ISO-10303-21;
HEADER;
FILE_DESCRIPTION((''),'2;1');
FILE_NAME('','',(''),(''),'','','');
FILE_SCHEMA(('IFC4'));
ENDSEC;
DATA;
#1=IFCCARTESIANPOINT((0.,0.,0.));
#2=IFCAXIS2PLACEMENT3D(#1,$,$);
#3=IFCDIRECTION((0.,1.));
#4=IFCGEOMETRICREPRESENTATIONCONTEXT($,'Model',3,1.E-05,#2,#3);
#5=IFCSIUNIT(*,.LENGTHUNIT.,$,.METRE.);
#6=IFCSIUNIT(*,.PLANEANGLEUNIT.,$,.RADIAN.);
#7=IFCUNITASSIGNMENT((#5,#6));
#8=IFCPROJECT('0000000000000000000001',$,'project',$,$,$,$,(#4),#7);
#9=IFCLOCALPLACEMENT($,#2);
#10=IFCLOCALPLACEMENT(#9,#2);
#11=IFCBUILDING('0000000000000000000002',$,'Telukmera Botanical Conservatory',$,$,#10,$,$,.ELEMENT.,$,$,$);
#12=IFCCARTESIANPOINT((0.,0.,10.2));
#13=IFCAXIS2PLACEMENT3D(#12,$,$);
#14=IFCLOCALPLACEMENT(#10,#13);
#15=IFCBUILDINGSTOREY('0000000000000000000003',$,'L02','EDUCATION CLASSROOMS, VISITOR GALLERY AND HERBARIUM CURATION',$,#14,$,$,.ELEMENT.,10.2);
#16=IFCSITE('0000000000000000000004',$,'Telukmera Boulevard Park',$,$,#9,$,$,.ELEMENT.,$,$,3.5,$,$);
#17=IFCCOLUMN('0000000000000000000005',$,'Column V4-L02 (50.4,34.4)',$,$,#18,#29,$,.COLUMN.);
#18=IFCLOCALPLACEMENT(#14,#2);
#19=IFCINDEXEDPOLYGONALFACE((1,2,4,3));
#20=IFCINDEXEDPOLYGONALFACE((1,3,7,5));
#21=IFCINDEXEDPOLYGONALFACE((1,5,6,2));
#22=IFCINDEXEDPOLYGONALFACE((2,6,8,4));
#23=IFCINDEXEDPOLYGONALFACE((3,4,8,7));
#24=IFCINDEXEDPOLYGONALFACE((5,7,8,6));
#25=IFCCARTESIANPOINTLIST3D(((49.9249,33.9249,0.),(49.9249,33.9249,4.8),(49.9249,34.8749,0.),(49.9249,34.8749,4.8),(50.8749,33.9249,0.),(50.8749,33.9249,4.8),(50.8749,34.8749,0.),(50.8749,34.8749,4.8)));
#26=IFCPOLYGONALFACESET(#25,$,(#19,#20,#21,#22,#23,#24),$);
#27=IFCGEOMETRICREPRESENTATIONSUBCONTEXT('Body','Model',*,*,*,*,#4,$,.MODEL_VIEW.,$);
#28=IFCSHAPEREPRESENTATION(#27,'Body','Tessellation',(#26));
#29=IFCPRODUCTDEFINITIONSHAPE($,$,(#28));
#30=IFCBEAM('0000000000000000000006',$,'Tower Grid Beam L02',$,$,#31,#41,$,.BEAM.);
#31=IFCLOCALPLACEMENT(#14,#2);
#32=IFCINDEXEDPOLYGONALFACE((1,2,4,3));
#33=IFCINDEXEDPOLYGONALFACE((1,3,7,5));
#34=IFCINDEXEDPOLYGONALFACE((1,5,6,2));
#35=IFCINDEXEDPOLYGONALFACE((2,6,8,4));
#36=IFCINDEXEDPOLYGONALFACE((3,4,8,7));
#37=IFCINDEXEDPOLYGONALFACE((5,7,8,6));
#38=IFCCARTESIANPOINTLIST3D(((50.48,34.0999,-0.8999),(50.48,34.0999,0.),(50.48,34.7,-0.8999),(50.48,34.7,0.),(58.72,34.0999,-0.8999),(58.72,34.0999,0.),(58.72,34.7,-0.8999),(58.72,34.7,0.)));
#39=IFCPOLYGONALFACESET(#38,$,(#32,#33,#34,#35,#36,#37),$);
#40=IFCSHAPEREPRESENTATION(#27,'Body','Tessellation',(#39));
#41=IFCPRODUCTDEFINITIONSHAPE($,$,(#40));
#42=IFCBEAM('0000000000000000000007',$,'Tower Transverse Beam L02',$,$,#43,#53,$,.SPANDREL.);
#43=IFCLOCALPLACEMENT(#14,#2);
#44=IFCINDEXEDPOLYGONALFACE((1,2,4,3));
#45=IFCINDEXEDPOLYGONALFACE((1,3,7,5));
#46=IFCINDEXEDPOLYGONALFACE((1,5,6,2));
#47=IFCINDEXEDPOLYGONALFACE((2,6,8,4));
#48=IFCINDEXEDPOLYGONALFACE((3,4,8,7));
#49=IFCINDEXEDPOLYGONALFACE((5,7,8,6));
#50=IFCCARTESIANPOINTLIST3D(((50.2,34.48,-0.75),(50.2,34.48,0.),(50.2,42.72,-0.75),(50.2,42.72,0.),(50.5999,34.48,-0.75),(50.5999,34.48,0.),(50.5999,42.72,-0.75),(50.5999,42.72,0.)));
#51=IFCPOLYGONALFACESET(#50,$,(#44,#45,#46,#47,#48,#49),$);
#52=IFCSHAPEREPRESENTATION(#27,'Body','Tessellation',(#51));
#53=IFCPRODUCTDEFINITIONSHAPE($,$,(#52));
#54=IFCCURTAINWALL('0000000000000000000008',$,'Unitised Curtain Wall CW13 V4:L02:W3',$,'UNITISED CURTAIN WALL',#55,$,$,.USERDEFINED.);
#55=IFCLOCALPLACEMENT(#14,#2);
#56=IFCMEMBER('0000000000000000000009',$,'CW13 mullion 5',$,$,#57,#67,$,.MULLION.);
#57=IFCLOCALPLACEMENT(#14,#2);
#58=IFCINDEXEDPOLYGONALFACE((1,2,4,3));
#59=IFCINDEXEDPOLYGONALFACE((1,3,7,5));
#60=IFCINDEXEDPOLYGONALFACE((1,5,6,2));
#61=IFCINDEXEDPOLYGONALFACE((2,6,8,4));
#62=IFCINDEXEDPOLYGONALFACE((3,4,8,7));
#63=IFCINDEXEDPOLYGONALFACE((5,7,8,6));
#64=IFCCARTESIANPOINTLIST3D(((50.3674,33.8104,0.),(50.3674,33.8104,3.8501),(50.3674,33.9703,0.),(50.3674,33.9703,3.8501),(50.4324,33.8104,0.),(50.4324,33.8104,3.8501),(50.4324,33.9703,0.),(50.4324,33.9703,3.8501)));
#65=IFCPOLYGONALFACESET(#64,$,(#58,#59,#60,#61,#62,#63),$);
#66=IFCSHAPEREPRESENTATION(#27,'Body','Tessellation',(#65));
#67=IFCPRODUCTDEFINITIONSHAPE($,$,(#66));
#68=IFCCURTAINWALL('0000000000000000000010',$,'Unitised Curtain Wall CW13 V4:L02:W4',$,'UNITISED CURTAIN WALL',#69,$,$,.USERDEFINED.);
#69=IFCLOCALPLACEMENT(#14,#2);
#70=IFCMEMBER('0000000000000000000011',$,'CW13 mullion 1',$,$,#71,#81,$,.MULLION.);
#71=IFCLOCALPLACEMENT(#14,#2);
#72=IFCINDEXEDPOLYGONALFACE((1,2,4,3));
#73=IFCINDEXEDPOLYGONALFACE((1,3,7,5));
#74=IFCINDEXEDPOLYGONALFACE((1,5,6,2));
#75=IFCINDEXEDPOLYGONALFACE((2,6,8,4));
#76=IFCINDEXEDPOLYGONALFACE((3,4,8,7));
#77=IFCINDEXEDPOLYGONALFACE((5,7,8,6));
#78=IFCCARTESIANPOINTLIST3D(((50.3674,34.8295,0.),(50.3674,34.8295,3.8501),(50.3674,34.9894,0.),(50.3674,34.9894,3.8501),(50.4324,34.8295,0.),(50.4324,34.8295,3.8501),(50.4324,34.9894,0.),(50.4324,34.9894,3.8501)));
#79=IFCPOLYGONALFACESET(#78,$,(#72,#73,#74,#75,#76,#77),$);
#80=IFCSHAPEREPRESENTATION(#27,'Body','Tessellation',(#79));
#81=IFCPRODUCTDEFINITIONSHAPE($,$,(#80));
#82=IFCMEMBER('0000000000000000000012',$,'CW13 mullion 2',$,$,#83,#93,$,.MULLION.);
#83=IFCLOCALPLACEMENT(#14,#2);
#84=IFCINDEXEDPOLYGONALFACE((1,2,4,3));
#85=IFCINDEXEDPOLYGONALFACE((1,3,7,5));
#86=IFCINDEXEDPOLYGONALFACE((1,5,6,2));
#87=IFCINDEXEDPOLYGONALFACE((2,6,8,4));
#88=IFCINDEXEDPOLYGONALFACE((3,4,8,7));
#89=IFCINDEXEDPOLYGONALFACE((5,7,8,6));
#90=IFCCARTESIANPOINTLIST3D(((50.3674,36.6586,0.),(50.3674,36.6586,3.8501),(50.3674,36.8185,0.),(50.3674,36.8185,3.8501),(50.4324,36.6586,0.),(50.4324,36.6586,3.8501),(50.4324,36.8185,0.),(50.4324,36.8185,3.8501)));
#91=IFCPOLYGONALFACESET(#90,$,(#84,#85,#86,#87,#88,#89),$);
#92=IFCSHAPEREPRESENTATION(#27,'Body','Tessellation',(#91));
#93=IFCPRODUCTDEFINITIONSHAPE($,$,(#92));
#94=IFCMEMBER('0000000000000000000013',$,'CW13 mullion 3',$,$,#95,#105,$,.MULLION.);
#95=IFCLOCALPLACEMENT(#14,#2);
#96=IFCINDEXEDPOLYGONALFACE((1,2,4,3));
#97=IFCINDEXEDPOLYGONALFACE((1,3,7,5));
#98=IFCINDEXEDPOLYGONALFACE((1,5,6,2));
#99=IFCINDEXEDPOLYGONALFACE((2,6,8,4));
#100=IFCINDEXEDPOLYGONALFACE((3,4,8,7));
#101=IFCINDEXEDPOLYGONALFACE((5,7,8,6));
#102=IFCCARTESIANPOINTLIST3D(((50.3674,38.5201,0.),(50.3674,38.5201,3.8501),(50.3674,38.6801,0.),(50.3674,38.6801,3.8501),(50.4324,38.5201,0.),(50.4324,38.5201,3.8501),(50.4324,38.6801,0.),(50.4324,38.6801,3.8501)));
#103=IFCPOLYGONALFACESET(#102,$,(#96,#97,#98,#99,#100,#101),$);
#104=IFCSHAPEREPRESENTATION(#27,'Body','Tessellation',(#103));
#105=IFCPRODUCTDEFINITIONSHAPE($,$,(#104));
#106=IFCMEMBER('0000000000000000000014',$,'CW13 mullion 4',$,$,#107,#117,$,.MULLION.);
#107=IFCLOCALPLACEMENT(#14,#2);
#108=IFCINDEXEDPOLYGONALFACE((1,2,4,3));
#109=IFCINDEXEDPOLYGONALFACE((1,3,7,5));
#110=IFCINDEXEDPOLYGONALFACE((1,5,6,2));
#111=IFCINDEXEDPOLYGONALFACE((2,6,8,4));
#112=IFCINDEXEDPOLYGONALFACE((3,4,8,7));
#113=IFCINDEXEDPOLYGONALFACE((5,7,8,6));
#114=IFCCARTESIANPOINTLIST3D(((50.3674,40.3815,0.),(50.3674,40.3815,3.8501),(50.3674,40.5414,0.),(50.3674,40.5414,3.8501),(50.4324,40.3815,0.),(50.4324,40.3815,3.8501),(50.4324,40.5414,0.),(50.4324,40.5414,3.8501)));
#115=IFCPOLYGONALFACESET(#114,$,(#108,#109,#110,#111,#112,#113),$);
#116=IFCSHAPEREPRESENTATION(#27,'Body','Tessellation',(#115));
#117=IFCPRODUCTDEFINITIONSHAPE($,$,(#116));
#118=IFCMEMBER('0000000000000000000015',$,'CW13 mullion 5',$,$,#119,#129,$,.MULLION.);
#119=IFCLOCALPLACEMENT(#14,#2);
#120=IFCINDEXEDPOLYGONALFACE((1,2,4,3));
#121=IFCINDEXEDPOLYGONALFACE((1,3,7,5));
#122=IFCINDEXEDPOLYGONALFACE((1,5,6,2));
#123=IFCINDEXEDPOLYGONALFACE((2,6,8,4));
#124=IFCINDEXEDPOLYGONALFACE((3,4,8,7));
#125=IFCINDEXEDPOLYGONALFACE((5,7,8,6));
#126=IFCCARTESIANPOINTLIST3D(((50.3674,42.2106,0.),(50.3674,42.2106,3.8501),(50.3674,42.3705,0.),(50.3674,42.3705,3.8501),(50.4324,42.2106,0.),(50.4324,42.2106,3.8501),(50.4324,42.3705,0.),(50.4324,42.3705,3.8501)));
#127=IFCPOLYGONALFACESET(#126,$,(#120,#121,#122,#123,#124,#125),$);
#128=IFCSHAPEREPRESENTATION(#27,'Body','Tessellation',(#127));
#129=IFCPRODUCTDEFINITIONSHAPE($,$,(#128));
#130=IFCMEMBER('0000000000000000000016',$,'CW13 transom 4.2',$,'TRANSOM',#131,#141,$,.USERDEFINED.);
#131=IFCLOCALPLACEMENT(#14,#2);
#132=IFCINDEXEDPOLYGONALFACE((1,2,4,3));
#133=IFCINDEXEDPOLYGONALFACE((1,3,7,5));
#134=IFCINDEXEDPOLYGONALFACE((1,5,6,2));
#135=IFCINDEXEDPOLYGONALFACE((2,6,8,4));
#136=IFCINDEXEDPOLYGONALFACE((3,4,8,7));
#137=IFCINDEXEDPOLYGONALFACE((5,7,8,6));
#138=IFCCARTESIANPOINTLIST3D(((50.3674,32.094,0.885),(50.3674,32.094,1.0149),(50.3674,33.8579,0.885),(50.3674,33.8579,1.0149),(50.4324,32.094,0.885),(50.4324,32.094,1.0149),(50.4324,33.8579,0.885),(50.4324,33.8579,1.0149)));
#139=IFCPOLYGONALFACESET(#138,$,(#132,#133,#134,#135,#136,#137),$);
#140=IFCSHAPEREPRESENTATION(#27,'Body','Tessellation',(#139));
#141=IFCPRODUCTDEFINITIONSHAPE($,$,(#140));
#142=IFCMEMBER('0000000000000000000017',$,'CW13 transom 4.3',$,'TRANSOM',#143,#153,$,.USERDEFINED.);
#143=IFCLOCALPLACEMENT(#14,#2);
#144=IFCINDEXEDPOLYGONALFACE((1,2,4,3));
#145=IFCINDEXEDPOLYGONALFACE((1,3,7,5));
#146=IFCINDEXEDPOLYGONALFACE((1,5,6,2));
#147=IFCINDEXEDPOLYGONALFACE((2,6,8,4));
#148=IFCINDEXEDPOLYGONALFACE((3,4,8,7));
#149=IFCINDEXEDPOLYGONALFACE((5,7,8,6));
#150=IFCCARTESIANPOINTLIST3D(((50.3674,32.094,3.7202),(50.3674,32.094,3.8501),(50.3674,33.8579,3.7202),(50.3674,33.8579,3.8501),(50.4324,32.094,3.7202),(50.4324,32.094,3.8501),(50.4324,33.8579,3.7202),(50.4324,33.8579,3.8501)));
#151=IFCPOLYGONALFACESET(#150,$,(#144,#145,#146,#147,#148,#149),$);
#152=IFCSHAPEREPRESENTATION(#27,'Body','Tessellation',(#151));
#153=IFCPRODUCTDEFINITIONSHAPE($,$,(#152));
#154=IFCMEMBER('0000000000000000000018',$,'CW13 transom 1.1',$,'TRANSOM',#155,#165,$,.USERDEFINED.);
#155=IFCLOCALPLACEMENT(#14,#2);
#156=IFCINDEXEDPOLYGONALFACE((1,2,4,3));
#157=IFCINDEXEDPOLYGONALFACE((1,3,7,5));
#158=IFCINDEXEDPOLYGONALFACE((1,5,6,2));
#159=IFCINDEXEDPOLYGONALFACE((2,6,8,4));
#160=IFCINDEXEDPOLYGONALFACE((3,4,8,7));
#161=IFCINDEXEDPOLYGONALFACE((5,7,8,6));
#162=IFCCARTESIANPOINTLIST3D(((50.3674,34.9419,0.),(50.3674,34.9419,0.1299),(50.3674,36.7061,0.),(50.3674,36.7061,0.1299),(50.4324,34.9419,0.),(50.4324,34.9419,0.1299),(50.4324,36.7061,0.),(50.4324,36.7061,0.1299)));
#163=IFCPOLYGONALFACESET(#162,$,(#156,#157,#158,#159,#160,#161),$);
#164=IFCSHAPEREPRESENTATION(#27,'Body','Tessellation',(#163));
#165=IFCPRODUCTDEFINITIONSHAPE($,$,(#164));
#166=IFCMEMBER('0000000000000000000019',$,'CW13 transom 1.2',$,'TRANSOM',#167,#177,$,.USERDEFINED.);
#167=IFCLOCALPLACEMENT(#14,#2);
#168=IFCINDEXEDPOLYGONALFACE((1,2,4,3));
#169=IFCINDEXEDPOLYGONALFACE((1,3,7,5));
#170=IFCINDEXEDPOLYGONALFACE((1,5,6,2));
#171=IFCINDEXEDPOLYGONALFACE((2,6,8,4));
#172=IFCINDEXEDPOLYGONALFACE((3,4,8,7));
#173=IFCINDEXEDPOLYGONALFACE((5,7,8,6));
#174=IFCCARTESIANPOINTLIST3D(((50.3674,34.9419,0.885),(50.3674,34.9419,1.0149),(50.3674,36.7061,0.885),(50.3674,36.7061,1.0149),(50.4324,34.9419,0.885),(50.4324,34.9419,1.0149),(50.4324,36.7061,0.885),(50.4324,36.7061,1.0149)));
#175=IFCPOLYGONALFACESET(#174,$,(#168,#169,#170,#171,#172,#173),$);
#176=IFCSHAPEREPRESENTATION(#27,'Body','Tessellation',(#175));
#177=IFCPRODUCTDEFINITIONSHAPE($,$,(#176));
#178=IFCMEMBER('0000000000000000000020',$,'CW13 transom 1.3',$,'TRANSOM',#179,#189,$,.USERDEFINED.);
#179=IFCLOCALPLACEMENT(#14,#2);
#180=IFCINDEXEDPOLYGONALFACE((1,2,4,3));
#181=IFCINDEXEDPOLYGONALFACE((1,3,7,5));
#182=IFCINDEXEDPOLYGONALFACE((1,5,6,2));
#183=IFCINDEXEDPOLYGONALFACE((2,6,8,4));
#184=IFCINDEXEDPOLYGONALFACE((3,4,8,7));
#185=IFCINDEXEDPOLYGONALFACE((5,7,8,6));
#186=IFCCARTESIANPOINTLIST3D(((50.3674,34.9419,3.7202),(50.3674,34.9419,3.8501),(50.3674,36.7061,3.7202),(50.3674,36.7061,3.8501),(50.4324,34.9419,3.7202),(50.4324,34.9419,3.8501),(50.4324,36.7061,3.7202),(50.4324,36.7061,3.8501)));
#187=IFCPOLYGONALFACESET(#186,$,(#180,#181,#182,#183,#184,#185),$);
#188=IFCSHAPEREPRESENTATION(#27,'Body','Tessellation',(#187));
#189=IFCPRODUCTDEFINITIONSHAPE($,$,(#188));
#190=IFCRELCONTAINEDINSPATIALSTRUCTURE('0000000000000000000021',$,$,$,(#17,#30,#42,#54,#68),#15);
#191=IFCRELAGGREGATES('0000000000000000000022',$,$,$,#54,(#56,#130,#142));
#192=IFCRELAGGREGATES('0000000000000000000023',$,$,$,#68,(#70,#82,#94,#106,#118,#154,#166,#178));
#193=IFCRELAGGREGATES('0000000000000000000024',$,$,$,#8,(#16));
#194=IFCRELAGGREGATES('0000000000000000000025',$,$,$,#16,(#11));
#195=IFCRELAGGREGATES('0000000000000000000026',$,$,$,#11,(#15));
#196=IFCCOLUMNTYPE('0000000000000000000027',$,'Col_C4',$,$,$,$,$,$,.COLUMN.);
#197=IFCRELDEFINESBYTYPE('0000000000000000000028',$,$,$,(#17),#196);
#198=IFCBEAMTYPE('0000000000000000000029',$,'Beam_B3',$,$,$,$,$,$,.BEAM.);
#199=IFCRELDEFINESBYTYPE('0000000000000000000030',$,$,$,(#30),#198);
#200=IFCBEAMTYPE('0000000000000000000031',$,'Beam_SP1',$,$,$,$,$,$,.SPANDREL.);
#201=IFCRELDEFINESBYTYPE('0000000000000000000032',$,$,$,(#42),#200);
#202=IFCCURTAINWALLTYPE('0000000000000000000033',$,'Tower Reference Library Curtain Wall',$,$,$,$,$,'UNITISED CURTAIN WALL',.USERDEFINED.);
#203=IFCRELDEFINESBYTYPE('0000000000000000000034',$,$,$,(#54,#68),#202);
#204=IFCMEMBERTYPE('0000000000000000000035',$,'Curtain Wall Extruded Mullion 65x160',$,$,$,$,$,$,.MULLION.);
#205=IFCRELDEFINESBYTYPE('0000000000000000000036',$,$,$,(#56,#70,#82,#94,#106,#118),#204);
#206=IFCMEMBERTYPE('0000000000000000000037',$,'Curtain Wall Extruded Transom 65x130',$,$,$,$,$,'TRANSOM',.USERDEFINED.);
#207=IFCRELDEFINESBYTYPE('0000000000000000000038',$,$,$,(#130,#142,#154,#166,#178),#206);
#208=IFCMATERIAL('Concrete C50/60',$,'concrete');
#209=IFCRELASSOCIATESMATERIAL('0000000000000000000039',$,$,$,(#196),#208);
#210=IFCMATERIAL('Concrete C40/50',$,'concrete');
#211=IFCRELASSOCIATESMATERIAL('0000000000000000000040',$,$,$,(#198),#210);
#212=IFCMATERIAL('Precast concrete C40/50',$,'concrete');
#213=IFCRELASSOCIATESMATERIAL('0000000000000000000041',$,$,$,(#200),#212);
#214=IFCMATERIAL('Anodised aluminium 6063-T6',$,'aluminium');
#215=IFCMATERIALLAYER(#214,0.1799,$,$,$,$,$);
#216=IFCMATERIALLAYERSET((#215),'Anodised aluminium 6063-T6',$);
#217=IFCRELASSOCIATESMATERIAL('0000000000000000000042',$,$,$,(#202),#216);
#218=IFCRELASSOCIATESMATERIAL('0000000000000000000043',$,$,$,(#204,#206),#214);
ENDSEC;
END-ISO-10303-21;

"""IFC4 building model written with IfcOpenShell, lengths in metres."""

from ifc_helpers import new_model, si_unit, direction, frame, origin, origin_2d, place, context, subcontext, project, spatial, rectangle, extrude, material, layer, layer_set, material_profile, profile_set, type_object, element, aggregate, save


model = new_model("IFC4")

# Units and contexts
model_context = context("Model", 3, precision=1e-05, world=origin(), true_north=direction((0.0, 1.0)))
body_context = subcontext(model_context, "Body", "Model", "MODEL_VIEW")
ifc_project = project(units=[si_unit("LENGTHUNIT", "METRE"), si_unit("PLANEANGLEUNIT", "RADIAN")], contexts=[model_context])

# Site, building, storey
site_placement = place(None, origin())
site = spatial("IfcSite", under=ifc_project, at=site_placement, Name="Telukmera Boulevard Park", CompositionType="ELEMENT", RefElevation=3.5)
building_placement = place(site_placement, origin())
building = spatial("IfcBuilding", under=site, at=building_placement, Name="Telukmera Botanical Conservatory", CompositionType="ELEMENT")
storey_placement = place(building_placement, frame((0.0, 0.0, 10.2)))
storey = spatial("IfcBuildingStorey", under=building, at=storey_placement, Name="L02", Description="EDUCATION CLASSROOMS, VISITOR GALLERY AND HERBARIUM CURATION", CompositionType="ELEMENT", Elevation=10.2)

# Column
ifc_material_1 = material(Name="Concrete C50/60", Category="concrete")
ifc_material_profile_1 = material_profile(ifc_material_1, rectangle(XDim=0.95, YDim=0.95, at=origin_2d()), Name="RC 950x950")
ifc_profile_set_1 = profile_set([ifc_material_profile_1], Name="Concrete C50/60")
column_type = type_object("IfcColumnType", Name="Col_C4", PredefinedType="COLUMN", material=ifc_profile_set_1)
column_placement = place(storey_placement, frame((50.3999, 34.3999, 0.0), z_axis=(0.0, 0.0, 1.0), x_axis=(1.0, 0.0, 0.0)))
element("IfcColumn", 1, at=column_placement, inside=storey, type_object=column_type, Name="Column V4-L02 (50.4,34.4)", PredefinedType="COLUMN", context=body_context, shape_type="SweptSolid", body=[
    extrude(rectangle(XDim=0.95, YDim=0.95, at=origin_2d()), origin(), (0.0, 0.0, 1.0), 4.8),
])

# Beams
ifc_material_2 = material(Name="Concrete C40/50", Category="concrete")
ifc_material_profile_2 = material_profile(ifc_material_2, rectangle(XDim=0.6001, YDim=0.8999, at=origin_2d()), Name="RC 600x900")
ifc_profile_set_2 = profile_set([ifc_material_profile_2], Name="Concrete C40/50")
beam_type_1 = type_object("IfcBeamType", Name="Beam_B3", PredefinedType="BEAM", material=ifc_profile_set_2)
beam_1_placement = place(storey_placement, frame((50.48, 34.3999, -0.45), z_axis=(1.0, 0.0, 0.0), x_axis=(0.0, 1.0, 0.0)))
element("IfcBeam", 2, at=beam_1_placement, inside=storey, type_object=beam_type_1, Name="Tower Grid Beam L02", PredefinedType="BEAM", context=body_context, shape_type="SweptSolid", body=[
    extrude(rectangle(XDim=0.6001, YDim=0.8999, at=origin_2d()), origin(), (0.0, 0.0, 1.0), 8.24),
])
ifc_material_3 = material(Name="Precast concrete C40/50", Category="concrete")
ifc_material_profile_3 = material_profile(ifc_material_3, rectangle(XDim=0.3999, YDim=0.75, at=origin_2d()), Name="PC 400x750")
ifc_profile_set_3 = profile_set([ifc_material_profile_3], Name="Precast concrete C40/50")
beam_type_2 = type_object("IfcBeamType", Name="Beam_SP1", PredefinedType="SPANDREL", material=ifc_profile_set_3)
beam_2_placement = place(storey_placement, frame((50.3999, 34.48, -0.375), z_axis=(0.0, 1.0, 0.0), x_axis=(-1.0, 0.0, 0.0)))
element("IfcBeam", 3, at=beam_2_placement, inside=storey, type_object=beam_type_2, Name="Tower Transverse Beam L02", PredefinedType="SPANDREL", context=body_context, shape_type="SweptSolid", body=[
    extrude(rectangle(XDim=0.3999, YDim=0.75, at=origin_2d()), origin(), (0.0, 0.0, 1.0), 8.24),
])

# Curtain wall, member
ifc_material_4 = material(Name="Anodised aluminium 6063-T6", Category="aluminium")
ifc_layer_1 = layer(ifc_material_4, 0.1799)
ifc_layer_set_1 = layer_set([ifc_layer_1], Name="Anodised aluminium 6063-T6")
curtain_wall_type = type_object("IfcCurtainWallType", Name="Tower Reference Library Curtain Wall", ElementType="UNITISED CURTAIN WALL", PredefinedType="USERDEFINED", material=ifc_layer_set_1)
curtain_wall_1_placement = place(storey_placement, origin())
curtain_wall_1 = element("IfcCurtainWall", 4, at=curtain_wall_1_placement, inside=storey, type_object=curtain_wall_type, Name="Unitised Curtain Wall CW13 V4:L02:W3", ObjectType="UNITISED CURTAIN WALL", PredefinedType="USERDEFINED")
ifc_material_profile_4 = material_profile(ifc_material_4, rectangle(XDim=0.0649, YDim=0.1599, at=origin_2d()), Name="ALU MULL 65x160")
ifc_profile_set_4 = profile_set([ifc_material_profile_4], Name="Anodised aluminium 6063-T6")
member_type_1 = type_object("IfcMemberType", Name="Curtain Wall Extruded Mullion 65x160", PredefinedType="MULLION", material=ifc_profile_set_4)
member_1_placement = place(storey_placement, frame((50.3999, 33.8904, 0.0), z_axis=(0.0, 0.0, 1.0), x_axis=(-1.0, 0.0, 0.0)))
member_1 = element("IfcMember", 5, at=member_1_placement, type_object=member_type_1, Name="CW13 mullion 5", PredefinedType="MULLION", context=body_context, shape_type="SweptSolid", body=[
    extrude(rectangle(XDim=0.0649, YDim=0.1599, at=origin_2d()), origin(), (0.0, 0.0, 1.0), 3.8501),
])

# Curtain wall, members
curtain_wall_2_placement = place(storey_placement, origin())
curtain_wall_2 = element("IfcCurtainWall", 6, at=curtain_wall_2_placement, inside=storey, type_object=curtain_wall_type, Name="Unitised Curtain Wall CW13 V4:L02:W4", ObjectType="UNITISED CURTAIN WALL", PredefinedType="USERDEFINED")
member_2_placement = place(storey_placement, frame((50.3999, 34.9094, 0.0), z_axis=(0.0, 0.0, 1.0), x_axis=(-1.0, 0.0, 0.0)))
member_2 = element("IfcMember", 7, at=member_2_placement, type_object=member_type_1, Name="CW13 mullion 1", PredefinedType="MULLION", context=body_context, shape_type="SweptSolid", body=[
    extrude(rectangle(XDim=0.0649, YDim=0.1599, at=origin_2d()), origin(), (0.0, 0.0, 1.0), 3.8501),
])
member_3_placement = place(storey_placement, frame((50.3999, 36.7385, 0.0), z_axis=(0.0, 0.0, 1.0), x_axis=(-1.0, 0.0, 0.0)))
member_3 = element("IfcMember", 8, at=member_3_placement, type_object=member_type_1, Name="CW13 mullion 2", PredefinedType="MULLION", context=body_context, shape_type="SweptSolid", body=[
    extrude(rectangle(XDim=0.0649, YDim=0.1599, at=origin_2d()), origin(), (0.0, 0.0, 1.0), 3.8501),
])
member_4_placement = place(storey_placement, frame((50.3999, 38.6001, 0.0), z_axis=(0.0, 0.0, 1.0), x_axis=(-1.0, 0.0, 0.0)))
member_4 = element("IfcMember", 9, at=member_4_placement, type_object=member_type_1, Name="CW13 mullion 3", PredefinedType="MULLION", context=body_context, shape_type="SweptSolid", body=[
    extrude(rectangle(XDim=0.0649, YDim=0.1599, at=origin_2d()), origin(), (0.0, 0.0, 1.0), 3.8501),
])
member_5_placement = place(storey_placement, frame((50.3999, 40.4614, 0.0), z_axis=(0.0, 0.0, 1.0), x_axis=(-1.0, 0.0, 0.0)))
member_5 = element("IfcMember", 10, at=member_5_placement, type_object=member_type_1, Name="CW13 mullion 4", PredefinedType="MULLION", context=body_context, shape_type="SweptSolid", body=[
    extrude(rectangle(XDim=0.0649, YDim=0.1599, at=origin_2d()), origin(), (0.0, 0.0, 1.0), 3.8501),
])
member_6_placement = place(storey_placement, frame((50.3999, 42.2905, 0.0), z_axis=(0.0, 0.0, 1.0), x_axis=(-1.0, 0.0, 0.0)))
member_6 = element("IfcMember", 11, at=member_6_placement, type_object=member_type_1, Name="CW13 mullion 5", PredefinedType="MULLION", context=body_context, shape_type="SweptSolid", body=[
    extrude(rectangle(XDim=0.0649, YDim=0.1599, at=origin_2d()), origin(), (0.0, 0.0, 1.0), 3.8501),
])

# Members
ifc_material_profile_5 = material_profile(ifc_material_4, rectangle(XDim=0.0649, YDim=0.1299, at=origin_2d()), Name="ALU TRAN 65x130")
ifc_profile_set_5 = profile_set([ifc_material_profile_5], Name="Anodised aluminium 6063-T6")
member_type_2 = type_object("IfcMemberType", Name="Curtain Wall Extruded Transom 65x130", ElementType="TRANSOM", PredefinedType="USERDEFINED", material=ifc_profile_set_5)
member_7_placement = place(storey_placement, frame((50.3999, 32.094, 0.95), z_axis=(0.0, 1.0, 0.0), x_axis=(-1.0, 0.0, 0.0)))
member_7 = element("IfcMember", 12, at=member_7_placement, type_object=member_type_2, Name="CW13 transom 4.2", ObjectType="TRANSOM", PredefinedType="USERDEFINED", context=body_context, shape_type="SweptSolid", body=[
    extrude(rectangle(XDim=0.0649, YDim=0.1299, at=origin_2d()), origin(), (0.0, 0.0, 1.0), 1.7639),
])
member_8_placement = place(storey_placement, frame((50.3999, 32.094, 3.7852), z_axis=(0.0, 1.0, 0.0), x_axis=(-1.0, 0.0, 0.0)))
member_8 = element("IfcMember", 13, at=member_8_placement, type_object=member_type_2, Name="CW13 transom 4.3", ObjectType="TRANSOM", PredefinedType="USERDEFINED", context=body_context, shape_type="SweptSolid", body=[
    extrude(rectangle(XDim=0.0649, YDim=0.1299, at=origin_2d()), origin(), (0.0, 0.0, 1.0), 1.7639),
])
member_9_placement = place(storey_placement, frame((50.3999, 34.9419, 0.0649), z_axis=(0.0, 1.0, 0.0), x_axis=(-1.0, 0.0, 0.0)))
member_9 = element("IfcMember", 14, at=member_9_placement, type_object=member_type_2, Name="CW13 transom 1.1", ObjectType="TRANSOM", PredefinedType="USERDEFINED", context=body_context, shape_type="SweptSolid", body=[
    extrude(rectangle(XDim=0.0649, YDim=0.1299, at=origin_2d()), origin(), (0.0, 0.0, 1.0), 1.7642),
])
member_10_placement = place(storey_placement, frame((50.3999, 34.9419, 0.95), z_axis=(0.0, 1.0, 0.0), x_axis=(-1.0, 0.0, 0.0)))
member_10 = element("IfcMember", 15, at=member_10_placement, type_object=member_type_2, Name="CW13 transom 1.2", ObjectType="TRANSOM", PredefinedType="USERDEFINED", context=body_context, shape_type="SweptSolid", body=[
    extrude(rectangle(XDim=0.0649, YDim=0.1299, at=origin_2d()), origin(), (0.0, 0.0, 1.0), 1.7642),
])
member_11_placement = place(storey_placement, frame((50.3999, 34.9419, 3.7852), z_axis=(0.0, 1.0, 0.0), x_axis=(-1.0, 0.0, 0.0)))
member_11 = element("IfcMember", 16, at=member_11_placement, type_object=member_type_2, Name="CW13 transom 1.3", ObjectType="TRANSOM", PredefinedType="USERDEFINED", context=body_context, shape_type="SweptSolid", body=[
    extrude(rectangle(XDim=0.0649, YDim=0.1299, at=origin_2d()), origin(), (0.0, 0.0, 1.0), 1.7642),
])

aggregate(curtain_wall_1, [member_1, member_7, member_8])
aggregate(curtain_wall_2, [member_2, member_3, member_4, member_5, member_6, member_9, member_10, member_11])

save(model, "model.ifc")
